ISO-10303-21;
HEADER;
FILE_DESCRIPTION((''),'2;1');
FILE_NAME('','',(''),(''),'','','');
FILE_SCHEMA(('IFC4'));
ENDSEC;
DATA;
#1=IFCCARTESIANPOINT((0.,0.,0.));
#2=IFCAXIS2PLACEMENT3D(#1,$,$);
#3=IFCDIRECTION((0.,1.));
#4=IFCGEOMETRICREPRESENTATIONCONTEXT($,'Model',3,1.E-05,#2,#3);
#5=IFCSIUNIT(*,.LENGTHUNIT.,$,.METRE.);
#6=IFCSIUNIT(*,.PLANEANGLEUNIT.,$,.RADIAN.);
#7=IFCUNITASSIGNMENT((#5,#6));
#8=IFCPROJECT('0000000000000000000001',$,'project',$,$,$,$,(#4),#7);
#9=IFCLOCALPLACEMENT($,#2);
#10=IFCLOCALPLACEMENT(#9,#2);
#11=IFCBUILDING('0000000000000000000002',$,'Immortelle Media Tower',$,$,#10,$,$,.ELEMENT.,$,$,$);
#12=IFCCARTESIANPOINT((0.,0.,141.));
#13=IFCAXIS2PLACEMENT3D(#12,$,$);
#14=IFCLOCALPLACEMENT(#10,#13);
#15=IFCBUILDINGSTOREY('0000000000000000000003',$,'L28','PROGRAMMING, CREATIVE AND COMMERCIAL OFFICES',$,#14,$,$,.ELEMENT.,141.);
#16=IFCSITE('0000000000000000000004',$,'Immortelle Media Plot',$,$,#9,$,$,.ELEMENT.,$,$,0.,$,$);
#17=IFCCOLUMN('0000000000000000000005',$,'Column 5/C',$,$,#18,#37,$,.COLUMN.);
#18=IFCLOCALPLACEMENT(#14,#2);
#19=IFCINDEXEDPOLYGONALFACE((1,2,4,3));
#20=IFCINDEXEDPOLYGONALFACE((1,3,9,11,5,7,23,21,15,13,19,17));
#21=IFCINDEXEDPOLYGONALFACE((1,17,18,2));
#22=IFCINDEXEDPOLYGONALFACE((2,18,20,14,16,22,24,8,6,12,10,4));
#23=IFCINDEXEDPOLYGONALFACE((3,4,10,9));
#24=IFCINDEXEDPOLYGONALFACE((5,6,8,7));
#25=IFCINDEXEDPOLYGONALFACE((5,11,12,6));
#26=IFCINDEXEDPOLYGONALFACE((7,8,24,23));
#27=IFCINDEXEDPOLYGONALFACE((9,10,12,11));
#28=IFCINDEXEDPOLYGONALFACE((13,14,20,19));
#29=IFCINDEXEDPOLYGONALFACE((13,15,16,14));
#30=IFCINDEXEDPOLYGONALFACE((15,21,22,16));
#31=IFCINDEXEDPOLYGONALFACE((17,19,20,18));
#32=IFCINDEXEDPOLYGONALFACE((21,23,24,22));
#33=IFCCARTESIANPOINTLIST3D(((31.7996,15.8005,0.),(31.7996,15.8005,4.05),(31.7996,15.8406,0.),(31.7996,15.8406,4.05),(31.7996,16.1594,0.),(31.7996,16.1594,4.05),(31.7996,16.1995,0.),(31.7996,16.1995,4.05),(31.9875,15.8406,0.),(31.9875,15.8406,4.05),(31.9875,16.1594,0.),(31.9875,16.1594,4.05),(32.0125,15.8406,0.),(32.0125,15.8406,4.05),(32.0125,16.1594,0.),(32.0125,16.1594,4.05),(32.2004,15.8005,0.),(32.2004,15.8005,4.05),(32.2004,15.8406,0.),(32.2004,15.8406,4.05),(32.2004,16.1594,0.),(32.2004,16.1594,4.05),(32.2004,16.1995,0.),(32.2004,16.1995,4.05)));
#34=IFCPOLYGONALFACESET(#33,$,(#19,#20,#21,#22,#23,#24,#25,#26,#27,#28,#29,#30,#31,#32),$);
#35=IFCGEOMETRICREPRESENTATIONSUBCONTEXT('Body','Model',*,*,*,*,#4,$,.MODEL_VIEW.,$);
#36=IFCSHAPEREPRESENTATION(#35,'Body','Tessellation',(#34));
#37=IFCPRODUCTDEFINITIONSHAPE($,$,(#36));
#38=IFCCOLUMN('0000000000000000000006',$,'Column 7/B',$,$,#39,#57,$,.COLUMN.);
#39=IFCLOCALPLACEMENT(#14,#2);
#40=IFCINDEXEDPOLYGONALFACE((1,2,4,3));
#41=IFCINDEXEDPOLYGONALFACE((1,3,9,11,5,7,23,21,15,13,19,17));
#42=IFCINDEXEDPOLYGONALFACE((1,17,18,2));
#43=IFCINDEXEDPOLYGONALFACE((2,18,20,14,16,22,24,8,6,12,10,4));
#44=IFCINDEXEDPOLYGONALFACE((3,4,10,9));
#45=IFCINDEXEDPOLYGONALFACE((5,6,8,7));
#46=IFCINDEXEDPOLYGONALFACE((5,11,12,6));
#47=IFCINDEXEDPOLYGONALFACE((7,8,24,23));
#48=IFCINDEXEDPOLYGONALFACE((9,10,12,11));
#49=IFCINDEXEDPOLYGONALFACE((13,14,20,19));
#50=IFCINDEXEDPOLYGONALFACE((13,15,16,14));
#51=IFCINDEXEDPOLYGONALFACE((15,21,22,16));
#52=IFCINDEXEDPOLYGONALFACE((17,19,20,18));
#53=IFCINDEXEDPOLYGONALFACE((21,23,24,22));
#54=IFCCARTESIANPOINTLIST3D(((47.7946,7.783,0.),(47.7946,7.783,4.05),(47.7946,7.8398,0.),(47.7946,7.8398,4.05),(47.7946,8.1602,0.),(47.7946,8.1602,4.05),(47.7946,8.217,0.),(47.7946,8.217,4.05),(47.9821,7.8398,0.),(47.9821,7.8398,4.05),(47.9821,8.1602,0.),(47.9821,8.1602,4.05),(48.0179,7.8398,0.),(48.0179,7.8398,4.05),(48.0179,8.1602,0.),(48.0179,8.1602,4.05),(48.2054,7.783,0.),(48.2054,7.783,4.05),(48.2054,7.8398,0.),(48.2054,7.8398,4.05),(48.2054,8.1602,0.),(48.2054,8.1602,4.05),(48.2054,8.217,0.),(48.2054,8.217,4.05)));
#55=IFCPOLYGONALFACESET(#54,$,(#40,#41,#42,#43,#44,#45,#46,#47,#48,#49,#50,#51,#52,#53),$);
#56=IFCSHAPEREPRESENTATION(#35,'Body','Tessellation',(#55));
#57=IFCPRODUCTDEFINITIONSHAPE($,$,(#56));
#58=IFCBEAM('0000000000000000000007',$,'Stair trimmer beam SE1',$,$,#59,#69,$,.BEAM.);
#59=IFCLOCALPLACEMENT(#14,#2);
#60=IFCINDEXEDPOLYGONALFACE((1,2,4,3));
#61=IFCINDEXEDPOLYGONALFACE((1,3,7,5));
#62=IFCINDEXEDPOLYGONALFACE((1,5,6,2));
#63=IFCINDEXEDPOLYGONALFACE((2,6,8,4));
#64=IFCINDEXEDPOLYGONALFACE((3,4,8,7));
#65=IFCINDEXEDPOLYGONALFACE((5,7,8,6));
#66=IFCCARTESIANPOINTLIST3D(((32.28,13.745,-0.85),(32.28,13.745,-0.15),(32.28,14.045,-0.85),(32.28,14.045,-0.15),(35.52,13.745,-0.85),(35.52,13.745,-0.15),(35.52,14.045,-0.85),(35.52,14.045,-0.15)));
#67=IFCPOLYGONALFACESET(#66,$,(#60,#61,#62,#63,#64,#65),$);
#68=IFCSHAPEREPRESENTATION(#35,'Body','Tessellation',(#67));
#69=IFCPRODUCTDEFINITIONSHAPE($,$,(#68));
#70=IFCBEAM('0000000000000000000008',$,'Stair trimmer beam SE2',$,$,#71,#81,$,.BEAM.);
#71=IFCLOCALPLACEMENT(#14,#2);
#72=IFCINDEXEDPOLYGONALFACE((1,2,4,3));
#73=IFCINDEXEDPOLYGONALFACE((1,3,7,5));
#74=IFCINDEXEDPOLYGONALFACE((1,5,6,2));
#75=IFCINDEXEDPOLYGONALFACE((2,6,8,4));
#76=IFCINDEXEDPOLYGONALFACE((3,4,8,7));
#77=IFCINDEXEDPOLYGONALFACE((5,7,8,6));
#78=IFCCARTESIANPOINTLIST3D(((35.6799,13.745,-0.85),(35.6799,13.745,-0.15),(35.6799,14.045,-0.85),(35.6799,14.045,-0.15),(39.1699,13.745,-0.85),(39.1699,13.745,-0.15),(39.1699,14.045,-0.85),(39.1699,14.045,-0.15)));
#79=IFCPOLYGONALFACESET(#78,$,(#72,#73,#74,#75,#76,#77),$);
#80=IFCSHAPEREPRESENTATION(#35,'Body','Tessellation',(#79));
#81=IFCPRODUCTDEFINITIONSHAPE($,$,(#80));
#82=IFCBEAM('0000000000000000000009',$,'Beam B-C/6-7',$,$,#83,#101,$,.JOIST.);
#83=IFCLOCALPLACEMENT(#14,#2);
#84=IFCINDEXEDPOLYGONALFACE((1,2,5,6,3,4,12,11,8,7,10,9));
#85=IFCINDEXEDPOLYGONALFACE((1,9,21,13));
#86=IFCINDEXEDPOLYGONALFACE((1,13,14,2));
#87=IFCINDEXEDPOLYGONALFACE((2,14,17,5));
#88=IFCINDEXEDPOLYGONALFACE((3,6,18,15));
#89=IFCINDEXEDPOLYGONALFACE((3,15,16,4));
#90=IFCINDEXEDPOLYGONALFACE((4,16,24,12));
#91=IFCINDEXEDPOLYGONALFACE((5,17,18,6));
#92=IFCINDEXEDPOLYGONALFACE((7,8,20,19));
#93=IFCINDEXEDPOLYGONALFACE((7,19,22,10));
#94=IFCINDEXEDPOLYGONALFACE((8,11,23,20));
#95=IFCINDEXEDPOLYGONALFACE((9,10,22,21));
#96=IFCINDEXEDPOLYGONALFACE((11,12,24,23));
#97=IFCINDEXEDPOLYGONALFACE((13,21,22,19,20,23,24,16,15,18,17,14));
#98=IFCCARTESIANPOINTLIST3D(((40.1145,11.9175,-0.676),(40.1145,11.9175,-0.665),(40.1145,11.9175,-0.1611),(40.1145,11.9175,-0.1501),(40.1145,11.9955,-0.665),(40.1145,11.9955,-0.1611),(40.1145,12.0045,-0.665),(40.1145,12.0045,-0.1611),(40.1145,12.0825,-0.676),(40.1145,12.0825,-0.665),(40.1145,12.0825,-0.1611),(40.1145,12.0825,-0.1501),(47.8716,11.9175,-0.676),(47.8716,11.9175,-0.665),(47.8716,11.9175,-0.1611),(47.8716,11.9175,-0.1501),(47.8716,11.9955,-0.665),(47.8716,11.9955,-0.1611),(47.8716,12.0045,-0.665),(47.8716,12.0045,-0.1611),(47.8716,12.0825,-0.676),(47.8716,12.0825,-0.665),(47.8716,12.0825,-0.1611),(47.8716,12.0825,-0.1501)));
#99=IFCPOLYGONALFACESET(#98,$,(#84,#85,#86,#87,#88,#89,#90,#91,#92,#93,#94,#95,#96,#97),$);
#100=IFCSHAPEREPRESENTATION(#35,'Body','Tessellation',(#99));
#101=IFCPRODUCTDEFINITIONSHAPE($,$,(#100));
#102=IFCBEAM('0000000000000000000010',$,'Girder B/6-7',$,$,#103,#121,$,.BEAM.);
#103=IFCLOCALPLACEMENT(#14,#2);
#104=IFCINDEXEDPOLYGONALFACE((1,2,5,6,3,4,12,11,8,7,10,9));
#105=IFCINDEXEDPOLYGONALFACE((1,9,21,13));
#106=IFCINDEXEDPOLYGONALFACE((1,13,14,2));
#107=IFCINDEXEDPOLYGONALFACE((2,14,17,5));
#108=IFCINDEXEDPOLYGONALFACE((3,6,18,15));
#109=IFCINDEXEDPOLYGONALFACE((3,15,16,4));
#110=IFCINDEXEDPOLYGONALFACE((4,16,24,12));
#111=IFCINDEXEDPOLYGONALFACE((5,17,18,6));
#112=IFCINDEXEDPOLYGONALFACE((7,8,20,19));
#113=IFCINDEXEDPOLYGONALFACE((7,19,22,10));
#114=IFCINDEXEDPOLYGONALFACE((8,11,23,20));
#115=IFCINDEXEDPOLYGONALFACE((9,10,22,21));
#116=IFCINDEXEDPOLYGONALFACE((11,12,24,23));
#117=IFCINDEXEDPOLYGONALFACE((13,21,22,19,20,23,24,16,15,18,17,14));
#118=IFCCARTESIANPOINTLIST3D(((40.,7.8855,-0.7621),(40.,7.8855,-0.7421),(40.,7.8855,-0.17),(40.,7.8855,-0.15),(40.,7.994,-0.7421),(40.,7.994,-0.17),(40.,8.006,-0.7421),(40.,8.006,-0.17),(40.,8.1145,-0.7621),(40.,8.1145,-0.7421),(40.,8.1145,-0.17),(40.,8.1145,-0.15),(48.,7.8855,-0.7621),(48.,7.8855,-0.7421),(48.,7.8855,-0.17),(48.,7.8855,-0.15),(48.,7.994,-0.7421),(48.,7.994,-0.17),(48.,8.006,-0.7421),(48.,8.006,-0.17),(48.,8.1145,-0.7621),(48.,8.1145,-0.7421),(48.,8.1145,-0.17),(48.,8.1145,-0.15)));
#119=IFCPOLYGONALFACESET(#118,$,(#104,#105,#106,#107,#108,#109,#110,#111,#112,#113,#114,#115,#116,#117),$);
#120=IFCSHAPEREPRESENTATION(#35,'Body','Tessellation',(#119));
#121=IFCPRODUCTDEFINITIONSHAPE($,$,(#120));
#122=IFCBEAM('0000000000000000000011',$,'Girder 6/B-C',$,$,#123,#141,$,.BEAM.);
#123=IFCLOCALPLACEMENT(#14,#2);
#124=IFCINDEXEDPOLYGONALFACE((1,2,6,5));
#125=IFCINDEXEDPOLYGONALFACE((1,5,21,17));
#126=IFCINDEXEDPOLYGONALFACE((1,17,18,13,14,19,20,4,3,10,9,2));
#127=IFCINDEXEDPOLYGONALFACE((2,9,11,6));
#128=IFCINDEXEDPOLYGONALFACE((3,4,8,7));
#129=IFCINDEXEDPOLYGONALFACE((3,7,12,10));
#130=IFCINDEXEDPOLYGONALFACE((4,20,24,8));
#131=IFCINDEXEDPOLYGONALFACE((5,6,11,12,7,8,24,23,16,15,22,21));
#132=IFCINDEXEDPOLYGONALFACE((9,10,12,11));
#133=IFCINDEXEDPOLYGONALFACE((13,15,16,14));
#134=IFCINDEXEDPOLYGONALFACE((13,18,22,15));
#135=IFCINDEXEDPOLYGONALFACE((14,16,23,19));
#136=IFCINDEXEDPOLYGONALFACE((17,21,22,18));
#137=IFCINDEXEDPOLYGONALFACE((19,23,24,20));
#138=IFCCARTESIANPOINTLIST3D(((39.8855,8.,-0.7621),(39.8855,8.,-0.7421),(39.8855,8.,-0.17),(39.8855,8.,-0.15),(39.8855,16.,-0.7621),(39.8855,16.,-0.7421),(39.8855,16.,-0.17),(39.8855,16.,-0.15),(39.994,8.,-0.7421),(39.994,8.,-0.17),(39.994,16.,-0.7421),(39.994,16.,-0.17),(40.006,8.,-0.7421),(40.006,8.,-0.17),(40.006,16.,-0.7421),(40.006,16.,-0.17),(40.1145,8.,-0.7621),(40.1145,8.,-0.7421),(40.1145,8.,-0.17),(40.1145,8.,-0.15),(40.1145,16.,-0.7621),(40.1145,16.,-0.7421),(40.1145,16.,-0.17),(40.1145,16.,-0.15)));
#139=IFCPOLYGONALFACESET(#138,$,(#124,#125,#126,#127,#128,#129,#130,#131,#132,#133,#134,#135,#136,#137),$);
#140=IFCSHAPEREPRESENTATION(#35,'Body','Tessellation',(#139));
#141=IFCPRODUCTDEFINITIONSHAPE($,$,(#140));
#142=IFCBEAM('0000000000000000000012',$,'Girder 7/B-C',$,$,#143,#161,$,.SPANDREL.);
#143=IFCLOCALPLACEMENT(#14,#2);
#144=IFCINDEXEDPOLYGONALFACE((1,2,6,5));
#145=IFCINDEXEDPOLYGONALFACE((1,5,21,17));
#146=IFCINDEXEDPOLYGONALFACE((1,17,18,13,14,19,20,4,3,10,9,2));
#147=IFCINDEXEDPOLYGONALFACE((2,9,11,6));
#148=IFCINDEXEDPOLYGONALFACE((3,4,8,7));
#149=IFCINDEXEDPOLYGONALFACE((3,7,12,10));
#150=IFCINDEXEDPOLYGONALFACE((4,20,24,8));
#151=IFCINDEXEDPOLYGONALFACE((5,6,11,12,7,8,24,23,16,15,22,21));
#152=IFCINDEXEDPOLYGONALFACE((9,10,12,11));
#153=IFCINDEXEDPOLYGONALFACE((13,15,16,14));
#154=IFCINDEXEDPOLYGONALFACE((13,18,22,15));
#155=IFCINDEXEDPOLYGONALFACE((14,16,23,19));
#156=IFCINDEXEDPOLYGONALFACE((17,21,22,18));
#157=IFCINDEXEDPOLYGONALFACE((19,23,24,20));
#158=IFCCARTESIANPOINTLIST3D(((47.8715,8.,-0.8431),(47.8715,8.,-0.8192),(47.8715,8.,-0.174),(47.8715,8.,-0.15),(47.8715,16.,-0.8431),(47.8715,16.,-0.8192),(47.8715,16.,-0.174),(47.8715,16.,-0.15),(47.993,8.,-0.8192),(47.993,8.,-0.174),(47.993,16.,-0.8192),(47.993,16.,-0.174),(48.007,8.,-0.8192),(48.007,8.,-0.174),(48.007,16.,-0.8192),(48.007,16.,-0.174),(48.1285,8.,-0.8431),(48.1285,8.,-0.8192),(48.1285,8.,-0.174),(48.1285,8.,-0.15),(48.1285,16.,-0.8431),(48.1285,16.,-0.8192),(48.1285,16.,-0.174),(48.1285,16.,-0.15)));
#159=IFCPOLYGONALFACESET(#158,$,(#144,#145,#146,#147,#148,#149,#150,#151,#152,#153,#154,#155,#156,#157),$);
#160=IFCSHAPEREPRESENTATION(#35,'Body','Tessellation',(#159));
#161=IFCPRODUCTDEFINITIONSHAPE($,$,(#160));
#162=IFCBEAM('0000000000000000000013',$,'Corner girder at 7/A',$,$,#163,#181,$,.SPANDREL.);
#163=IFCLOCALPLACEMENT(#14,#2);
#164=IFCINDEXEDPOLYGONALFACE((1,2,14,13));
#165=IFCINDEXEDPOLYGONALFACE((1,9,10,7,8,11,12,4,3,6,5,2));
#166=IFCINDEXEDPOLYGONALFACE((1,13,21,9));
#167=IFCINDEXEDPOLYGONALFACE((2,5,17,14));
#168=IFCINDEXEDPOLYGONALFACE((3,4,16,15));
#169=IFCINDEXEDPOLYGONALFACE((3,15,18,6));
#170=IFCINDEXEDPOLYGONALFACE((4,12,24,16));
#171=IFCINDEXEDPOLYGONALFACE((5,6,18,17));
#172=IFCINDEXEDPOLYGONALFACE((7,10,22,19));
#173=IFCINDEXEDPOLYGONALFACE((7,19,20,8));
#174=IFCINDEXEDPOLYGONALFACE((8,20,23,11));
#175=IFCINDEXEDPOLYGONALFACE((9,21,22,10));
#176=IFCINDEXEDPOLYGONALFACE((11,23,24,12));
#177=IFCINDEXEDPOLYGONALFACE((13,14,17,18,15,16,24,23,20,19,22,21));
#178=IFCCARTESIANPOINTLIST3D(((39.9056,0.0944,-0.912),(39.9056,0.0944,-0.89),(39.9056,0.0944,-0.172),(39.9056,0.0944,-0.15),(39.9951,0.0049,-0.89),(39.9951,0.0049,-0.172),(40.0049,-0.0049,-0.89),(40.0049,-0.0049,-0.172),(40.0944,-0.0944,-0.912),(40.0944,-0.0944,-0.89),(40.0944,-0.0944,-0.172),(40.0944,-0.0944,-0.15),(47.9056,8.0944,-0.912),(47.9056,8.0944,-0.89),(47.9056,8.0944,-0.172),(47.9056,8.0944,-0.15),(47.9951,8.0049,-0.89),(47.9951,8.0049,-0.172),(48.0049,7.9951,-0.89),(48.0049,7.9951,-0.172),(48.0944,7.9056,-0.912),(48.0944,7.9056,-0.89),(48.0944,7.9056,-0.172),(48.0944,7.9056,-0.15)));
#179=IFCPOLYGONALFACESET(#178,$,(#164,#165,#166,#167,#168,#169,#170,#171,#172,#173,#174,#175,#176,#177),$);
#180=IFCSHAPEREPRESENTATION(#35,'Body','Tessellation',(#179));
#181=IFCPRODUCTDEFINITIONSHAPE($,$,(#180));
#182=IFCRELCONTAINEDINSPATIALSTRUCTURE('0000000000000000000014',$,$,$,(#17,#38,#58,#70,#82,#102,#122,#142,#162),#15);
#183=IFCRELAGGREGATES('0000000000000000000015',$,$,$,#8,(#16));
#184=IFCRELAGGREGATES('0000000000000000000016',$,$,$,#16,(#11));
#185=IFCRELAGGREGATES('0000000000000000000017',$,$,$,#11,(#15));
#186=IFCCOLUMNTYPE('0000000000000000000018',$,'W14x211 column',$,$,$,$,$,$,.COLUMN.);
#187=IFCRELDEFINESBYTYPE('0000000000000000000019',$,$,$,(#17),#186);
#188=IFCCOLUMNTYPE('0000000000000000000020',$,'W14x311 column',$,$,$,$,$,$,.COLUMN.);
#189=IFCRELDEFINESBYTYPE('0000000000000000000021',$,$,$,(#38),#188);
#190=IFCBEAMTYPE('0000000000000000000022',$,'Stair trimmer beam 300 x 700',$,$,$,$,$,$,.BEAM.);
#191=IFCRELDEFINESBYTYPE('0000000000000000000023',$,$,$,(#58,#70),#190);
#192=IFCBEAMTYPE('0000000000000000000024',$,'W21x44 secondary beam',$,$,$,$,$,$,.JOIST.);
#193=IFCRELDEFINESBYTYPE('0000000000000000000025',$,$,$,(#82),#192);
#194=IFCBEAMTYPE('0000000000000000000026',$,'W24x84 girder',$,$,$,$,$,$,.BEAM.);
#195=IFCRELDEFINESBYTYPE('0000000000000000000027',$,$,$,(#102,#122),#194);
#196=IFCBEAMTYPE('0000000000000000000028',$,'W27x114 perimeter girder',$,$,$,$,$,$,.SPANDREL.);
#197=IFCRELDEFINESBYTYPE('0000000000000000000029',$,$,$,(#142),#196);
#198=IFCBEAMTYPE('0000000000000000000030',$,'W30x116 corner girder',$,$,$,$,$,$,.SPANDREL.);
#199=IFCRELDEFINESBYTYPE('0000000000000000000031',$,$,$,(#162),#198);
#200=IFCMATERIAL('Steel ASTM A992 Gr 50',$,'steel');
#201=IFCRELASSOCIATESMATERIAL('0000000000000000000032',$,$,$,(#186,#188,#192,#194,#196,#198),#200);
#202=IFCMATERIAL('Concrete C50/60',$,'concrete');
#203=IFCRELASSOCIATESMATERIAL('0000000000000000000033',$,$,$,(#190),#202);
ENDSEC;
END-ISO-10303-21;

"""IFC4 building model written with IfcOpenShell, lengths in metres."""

from ifc_helpers import new_model, si_unit, direction, frame, origin, origin_2d, place, context, subcontext, project, spatial, rectangle, i_section, extrude, material, material_profile, profile_set, type_object, element, save


model = new_model("IFC4")

# Units and contexts
model_context = context("Model", 3, precision=1e-05, world=origin(), true_north=direction((0.0, 1.0)))
body_context = subcontext(model_context, "Body", "Model", "MODEL_VIEW")
ifc_project = project(units=[si_unit("LENGTHUNIT", "METRE"), si_unit("PLANEANGLEUNIT", "RADIAN")], contexts=[model_context])

# Site, building, storey
site_placement = place(None, origin())
site = spatial("IfcSite", under=ifc_project, at=site_placement, Name="Immortelle Media Plot", CompositionType="ELEMENT", RefElevation=0.0)
building_placement = place(site_placement, origin())
building = spatial("IfcBuilding", under=site, at=building_placement, Name="Immortelle Media Tower", CompositionType="ELEMENT")
storey_placement = place(building_placement, frame((0.0, 0.0, 141.0)))
storey = spatial("IfcBuildingStorey", under=building, at=storey_placement, Name="L28", Description="PROGRAMMING, CREATIVE AND COMMERCIAL OFFICES", CompositionType="ELEMENT", Elevation=141.0)

# Columns
ifc_material_1 = material(Name="Steel ASTM A992 Gr 50", Category="steel")
ifc_material_profile_1 = material_profile(ifc_material_1, i_section(OverallWidth=0.4009, OverallDepth=0.3989, WebThickness=0.0249, FlangeThickness=0.04, at=origin_2d()), Name="W14x211")
ifc_profile_set_1 = profile_set([ifc_material_profile_1], Name="Steel ASTM A992 Gr 50")
column_type_1 = type_object("IfcColumnType", Name="W14x211 column", PredefinedType="COLUMN", material=ifc_profile_set_1)
column_1_placement = place(storey_placement, frame((32.0, 16.0, 0.0), z_axis=(0.0, 0.0, 1.0), x_axis=(1.0, 0.0, 0.0)))
element("IfcColumn", 1, at=column_1_placement, inside=storey, type_object=column_type_1, Name="Column 5/C", PredefinedType="COLUMN", context=body_context, shape_type="SweptSolid", body=[
    extrude(i_section(OverallWidth=0.4009, OverallDepth=0.3989, WebThickness=0.0249, FlangeThickness=0.04, at=origin_2d()), origin(), (0.0, 0.0, 1.0), 4.05),
])
ifc_material_profile_2 = material_profile(ifc_material_1, i_section(OverallWidth=0.4109, OverallDepth=0.4341, WebThickness=0.0359, FlangeThickness=0.0569, at=origin_2d()), Name="W14x311")
ifc_profile_set_2 = profile_set([ifc_material_profile_2], Name="Steel ASTM A992 Gr 50")
column_type_2 = type_object("IfcColumnType", Name="W14x311 column", PredefinedType="COLUMN", material=ifc_profile_set_2)
column_2_placement = place(storey_placement, frame((48.0, 8.0, 0.0), z_axis=(0.0, 0.0, 1.0), x_axis=(1.0, 0.0, 0.0)))
element("IfcColumn", 2, at=column_2_placement, inside=storey, type_object=column_type_2, Name="Column 7/B", PredefinedType="COLUMN", context=body_context, shape_type="SweptSolid", body=[
    extrude(i_section(OverallWidth=0.4109, OverallDepth=0.4341, WebThickness=0.0359, FlangeThickness=0.0569, at=origin_2d()), origin(), (0.0, 0.0, 1.0), 4.05),
])

# Beams
ifc_material_2 = material(Name="Concrete C50/60", Category="concrete")
ifc_material_profile_3 = material_profile(ifc_material_2, rectangle(XDim=0.3, YDim=0.7, at=origin_2d()), Name="RC 300x700")
ifc_profile_set_3 = profile_set([ifc_material_profile_3], Name="Concrete C50/60")
beam_type_1 = type_object("IfcBeamType", Name="Stair trimmer beam 300 x 700", PredefinedType="BEAM", material=ifc_profile_set_3)
beam_1_placement = place(storey_placement, frame((32.28, 13.895, -0.5), z_axis=(1.0, 0.0, 0.0), x_axis=(0.0, 1.0, 0.0)))
element("IfcBeam", 3, at=beam_1_placement, inside=storey, type_object=beam_type_1, Name="Stair trimmer beam SE1", PredefinedType="BEAM", context=body_context, shape_type="SweptSolid", body=[
    extrude(rectangle(XDim=0.3, YDim=0.7, at=origin_2d()), origin(), (0.0, 0.0, 1.0), 3.24),
])
beam_2_placement = place(storey_placement, frame((35.6799, 13.895, -0.5), z_axis=(1.0, 0.0, 0.0), x_axis=(0.0, 1.0, 0.0)))
element("IfcBeam", 4, at=beam_2_placement, inside=storey, type_object=beam_type_1, Name="Stair trimmer beam SE2", PredefinedType="BEAM", context=body_context, shape_type="SweptSolid", body=[
    extrude(rectangle(XDim=0.3, YDim=0.7, at=origin_2d()), origin(), (0.0, 0.0, 1.0), 3.49),
])
ifc_material_profile_4 = material_profile(ifc_material_1, i_section(OverallWidth=0.165, OverallDepth=0.5259, WebThickness=0.009, FlangeThickness=0.011, at=origin_2d()), Name="W21x44")
ifc_profile_set_4 = profile_set([ifc_material_profile_4], Name="Steel ASTM A992 Gr 50")
beam_type_2 = type_object("IfcBeamType", Name="W21x44 secondary beam", PredefinedType="JOIST", material=ifc_profile_set_4)
beam_3_placement = place(storey_placement, frame((40.1145, 12.0, -0.4131), z_axis=(1.0, 0.0, 0.0), x_axis=(0.0, 1.0, 0.0)))
element("IfcBeam", 5, at=beam_3_placement, inside=storey, type_object=beam_type_2, Name="Beam B-C/6-7", PredefinedType="JOIST", context=body_context, shape_type="SweptSolid", body=[
    extrude(i_section(OverallWidth=0.165, OverallDepth=0.5259, WebThickness=0.009, FlangeThickness=0.011, at=origin_2d()), origin(), (0.0, 0.0, 1.0), 7.7571),
])
ifc_material_profile_5 = material_profile(ifc_material_1, i_section(OverallWidth=0.229, OverallDepth=0.6121, WebThickness=0.012, FlangeThickness=0.02, at=origin_2d()), Name="W24x84")
ifc_profile_set_5 = profile_set([ifc_material_profile_5], Name="Steel ASTM A992 Gr 50")
beam_type_3 = type_object("IfcBeamType", Name="W24x84 girder", PredefinedType="BEAM", material=ifc_profile_set_5)
for number, where, z_axis, x_axis, name in (
    (6, (40.0, 8.0, -0.4561), (1.0, 0.0, 0.0), (0.0, 1.0, 0.0), "Girder B/6-7"),
    (7, (40.0, 8.0, -0.4561), (0.0, 1.0, 0.0), (-1.0, 0.0, 0.0), "Girder 6/B-C"),
):
    element("IfcBeam", number, at=place(storey_placement, frame(where, z_axis=z_axis, x_axis=x_axis)), inside=storey, type_object=beam_type_3, Name=name, PredefinedType="BEAM", context=body_context, shape_type="SweptSolid", body=[
        extrude(i_section(OverallWidth=0.229, OverallDepth=0.6121, WebThickness=0.012, FlangeThickness=0.02, at=origin_2d()), origin(), (0.0, 0.0, 1.0), 8.0),
    ])
ifc_material_profile_6 = material_profile(ifc_material_1, i_section(OverallWidth=0.2571, OverallDepth=0.6931, WebThickness=0.0139, FlangeThickness=0.0239, at=origin_2d()), Name="W27x114")
ifc_profile_set_6 = profile_set([ifc_material_profile_6], Name="Steel ASTM A992 Gr 50")
beam_type_4 = type_object("IfcBeamType", Name="W27x114 perimeter girder", PredefinedType="SPANDREL", material=ifc_profile_set_6)
beam_4_placement = place(storey_placement, frame((48.0, 8.0, -0.4966), z_axis=(0.0, 1.0, 0.0), x_axis=(-1.0, 0.0, 0.0)))
element("IfcBeam", 8, at=beam_4_placement, inside=storey, type_object=beam_type_4, Name="Girder 7/B-C", PredefinedType="SPANDREL", context=body_context, shape_type="SweptSolid", body=[
    extrude(i_section(OverallWidth=0.2571, OverallDepth=0.6931, WebThickness=0.0139, FlangeThickness=0.0239, at=origin_2d()), origin(), (0.0, 0.0, 1.0), 8.0),
])
ifc_material_profile_7 = material_profile(ifc_material_1, i_section(OverallWidth=0.2671, OverallDepth=0.762, WebThickness=0.0139, FlangeThickness=0.022, at=origin_2d()), Name="W30x116")
ifc_profile_set_7 = profile_set([ifc_material_profile_7], Name="Steel ASTM A992 Gr 50")
beam_type_5 = type_object("IfcBeamType", Name="W30x116 corner girder", PredefinedType="SPANDREL", material=ifc_profile_set_7)
beam_5_placement = place(storey_placement, frame((48.0, 8.0, -0.531), z_axis=(-0.707107, -0.707107, 0.0), x_axis=(0.707107, -0.707107, 0.0)))
element("IfcBeam", 9, at=beam_5_placement, inside=storey, type_object=beam_type_5, Name="Corner girder at 7/A", PredefinedType="SPANDREL", context=body_context, shape_type="SweptSolid", body=[
    extrude(i_section(OverallWidth=0.2671, OverallDepth=0.762, WebThickness=0.0139, FlangeThickness=0.022, at=origin_2d()), origin(), (0.0, 0.0, 1.0), 11.3137),
])

save(model, "model.ifc")
